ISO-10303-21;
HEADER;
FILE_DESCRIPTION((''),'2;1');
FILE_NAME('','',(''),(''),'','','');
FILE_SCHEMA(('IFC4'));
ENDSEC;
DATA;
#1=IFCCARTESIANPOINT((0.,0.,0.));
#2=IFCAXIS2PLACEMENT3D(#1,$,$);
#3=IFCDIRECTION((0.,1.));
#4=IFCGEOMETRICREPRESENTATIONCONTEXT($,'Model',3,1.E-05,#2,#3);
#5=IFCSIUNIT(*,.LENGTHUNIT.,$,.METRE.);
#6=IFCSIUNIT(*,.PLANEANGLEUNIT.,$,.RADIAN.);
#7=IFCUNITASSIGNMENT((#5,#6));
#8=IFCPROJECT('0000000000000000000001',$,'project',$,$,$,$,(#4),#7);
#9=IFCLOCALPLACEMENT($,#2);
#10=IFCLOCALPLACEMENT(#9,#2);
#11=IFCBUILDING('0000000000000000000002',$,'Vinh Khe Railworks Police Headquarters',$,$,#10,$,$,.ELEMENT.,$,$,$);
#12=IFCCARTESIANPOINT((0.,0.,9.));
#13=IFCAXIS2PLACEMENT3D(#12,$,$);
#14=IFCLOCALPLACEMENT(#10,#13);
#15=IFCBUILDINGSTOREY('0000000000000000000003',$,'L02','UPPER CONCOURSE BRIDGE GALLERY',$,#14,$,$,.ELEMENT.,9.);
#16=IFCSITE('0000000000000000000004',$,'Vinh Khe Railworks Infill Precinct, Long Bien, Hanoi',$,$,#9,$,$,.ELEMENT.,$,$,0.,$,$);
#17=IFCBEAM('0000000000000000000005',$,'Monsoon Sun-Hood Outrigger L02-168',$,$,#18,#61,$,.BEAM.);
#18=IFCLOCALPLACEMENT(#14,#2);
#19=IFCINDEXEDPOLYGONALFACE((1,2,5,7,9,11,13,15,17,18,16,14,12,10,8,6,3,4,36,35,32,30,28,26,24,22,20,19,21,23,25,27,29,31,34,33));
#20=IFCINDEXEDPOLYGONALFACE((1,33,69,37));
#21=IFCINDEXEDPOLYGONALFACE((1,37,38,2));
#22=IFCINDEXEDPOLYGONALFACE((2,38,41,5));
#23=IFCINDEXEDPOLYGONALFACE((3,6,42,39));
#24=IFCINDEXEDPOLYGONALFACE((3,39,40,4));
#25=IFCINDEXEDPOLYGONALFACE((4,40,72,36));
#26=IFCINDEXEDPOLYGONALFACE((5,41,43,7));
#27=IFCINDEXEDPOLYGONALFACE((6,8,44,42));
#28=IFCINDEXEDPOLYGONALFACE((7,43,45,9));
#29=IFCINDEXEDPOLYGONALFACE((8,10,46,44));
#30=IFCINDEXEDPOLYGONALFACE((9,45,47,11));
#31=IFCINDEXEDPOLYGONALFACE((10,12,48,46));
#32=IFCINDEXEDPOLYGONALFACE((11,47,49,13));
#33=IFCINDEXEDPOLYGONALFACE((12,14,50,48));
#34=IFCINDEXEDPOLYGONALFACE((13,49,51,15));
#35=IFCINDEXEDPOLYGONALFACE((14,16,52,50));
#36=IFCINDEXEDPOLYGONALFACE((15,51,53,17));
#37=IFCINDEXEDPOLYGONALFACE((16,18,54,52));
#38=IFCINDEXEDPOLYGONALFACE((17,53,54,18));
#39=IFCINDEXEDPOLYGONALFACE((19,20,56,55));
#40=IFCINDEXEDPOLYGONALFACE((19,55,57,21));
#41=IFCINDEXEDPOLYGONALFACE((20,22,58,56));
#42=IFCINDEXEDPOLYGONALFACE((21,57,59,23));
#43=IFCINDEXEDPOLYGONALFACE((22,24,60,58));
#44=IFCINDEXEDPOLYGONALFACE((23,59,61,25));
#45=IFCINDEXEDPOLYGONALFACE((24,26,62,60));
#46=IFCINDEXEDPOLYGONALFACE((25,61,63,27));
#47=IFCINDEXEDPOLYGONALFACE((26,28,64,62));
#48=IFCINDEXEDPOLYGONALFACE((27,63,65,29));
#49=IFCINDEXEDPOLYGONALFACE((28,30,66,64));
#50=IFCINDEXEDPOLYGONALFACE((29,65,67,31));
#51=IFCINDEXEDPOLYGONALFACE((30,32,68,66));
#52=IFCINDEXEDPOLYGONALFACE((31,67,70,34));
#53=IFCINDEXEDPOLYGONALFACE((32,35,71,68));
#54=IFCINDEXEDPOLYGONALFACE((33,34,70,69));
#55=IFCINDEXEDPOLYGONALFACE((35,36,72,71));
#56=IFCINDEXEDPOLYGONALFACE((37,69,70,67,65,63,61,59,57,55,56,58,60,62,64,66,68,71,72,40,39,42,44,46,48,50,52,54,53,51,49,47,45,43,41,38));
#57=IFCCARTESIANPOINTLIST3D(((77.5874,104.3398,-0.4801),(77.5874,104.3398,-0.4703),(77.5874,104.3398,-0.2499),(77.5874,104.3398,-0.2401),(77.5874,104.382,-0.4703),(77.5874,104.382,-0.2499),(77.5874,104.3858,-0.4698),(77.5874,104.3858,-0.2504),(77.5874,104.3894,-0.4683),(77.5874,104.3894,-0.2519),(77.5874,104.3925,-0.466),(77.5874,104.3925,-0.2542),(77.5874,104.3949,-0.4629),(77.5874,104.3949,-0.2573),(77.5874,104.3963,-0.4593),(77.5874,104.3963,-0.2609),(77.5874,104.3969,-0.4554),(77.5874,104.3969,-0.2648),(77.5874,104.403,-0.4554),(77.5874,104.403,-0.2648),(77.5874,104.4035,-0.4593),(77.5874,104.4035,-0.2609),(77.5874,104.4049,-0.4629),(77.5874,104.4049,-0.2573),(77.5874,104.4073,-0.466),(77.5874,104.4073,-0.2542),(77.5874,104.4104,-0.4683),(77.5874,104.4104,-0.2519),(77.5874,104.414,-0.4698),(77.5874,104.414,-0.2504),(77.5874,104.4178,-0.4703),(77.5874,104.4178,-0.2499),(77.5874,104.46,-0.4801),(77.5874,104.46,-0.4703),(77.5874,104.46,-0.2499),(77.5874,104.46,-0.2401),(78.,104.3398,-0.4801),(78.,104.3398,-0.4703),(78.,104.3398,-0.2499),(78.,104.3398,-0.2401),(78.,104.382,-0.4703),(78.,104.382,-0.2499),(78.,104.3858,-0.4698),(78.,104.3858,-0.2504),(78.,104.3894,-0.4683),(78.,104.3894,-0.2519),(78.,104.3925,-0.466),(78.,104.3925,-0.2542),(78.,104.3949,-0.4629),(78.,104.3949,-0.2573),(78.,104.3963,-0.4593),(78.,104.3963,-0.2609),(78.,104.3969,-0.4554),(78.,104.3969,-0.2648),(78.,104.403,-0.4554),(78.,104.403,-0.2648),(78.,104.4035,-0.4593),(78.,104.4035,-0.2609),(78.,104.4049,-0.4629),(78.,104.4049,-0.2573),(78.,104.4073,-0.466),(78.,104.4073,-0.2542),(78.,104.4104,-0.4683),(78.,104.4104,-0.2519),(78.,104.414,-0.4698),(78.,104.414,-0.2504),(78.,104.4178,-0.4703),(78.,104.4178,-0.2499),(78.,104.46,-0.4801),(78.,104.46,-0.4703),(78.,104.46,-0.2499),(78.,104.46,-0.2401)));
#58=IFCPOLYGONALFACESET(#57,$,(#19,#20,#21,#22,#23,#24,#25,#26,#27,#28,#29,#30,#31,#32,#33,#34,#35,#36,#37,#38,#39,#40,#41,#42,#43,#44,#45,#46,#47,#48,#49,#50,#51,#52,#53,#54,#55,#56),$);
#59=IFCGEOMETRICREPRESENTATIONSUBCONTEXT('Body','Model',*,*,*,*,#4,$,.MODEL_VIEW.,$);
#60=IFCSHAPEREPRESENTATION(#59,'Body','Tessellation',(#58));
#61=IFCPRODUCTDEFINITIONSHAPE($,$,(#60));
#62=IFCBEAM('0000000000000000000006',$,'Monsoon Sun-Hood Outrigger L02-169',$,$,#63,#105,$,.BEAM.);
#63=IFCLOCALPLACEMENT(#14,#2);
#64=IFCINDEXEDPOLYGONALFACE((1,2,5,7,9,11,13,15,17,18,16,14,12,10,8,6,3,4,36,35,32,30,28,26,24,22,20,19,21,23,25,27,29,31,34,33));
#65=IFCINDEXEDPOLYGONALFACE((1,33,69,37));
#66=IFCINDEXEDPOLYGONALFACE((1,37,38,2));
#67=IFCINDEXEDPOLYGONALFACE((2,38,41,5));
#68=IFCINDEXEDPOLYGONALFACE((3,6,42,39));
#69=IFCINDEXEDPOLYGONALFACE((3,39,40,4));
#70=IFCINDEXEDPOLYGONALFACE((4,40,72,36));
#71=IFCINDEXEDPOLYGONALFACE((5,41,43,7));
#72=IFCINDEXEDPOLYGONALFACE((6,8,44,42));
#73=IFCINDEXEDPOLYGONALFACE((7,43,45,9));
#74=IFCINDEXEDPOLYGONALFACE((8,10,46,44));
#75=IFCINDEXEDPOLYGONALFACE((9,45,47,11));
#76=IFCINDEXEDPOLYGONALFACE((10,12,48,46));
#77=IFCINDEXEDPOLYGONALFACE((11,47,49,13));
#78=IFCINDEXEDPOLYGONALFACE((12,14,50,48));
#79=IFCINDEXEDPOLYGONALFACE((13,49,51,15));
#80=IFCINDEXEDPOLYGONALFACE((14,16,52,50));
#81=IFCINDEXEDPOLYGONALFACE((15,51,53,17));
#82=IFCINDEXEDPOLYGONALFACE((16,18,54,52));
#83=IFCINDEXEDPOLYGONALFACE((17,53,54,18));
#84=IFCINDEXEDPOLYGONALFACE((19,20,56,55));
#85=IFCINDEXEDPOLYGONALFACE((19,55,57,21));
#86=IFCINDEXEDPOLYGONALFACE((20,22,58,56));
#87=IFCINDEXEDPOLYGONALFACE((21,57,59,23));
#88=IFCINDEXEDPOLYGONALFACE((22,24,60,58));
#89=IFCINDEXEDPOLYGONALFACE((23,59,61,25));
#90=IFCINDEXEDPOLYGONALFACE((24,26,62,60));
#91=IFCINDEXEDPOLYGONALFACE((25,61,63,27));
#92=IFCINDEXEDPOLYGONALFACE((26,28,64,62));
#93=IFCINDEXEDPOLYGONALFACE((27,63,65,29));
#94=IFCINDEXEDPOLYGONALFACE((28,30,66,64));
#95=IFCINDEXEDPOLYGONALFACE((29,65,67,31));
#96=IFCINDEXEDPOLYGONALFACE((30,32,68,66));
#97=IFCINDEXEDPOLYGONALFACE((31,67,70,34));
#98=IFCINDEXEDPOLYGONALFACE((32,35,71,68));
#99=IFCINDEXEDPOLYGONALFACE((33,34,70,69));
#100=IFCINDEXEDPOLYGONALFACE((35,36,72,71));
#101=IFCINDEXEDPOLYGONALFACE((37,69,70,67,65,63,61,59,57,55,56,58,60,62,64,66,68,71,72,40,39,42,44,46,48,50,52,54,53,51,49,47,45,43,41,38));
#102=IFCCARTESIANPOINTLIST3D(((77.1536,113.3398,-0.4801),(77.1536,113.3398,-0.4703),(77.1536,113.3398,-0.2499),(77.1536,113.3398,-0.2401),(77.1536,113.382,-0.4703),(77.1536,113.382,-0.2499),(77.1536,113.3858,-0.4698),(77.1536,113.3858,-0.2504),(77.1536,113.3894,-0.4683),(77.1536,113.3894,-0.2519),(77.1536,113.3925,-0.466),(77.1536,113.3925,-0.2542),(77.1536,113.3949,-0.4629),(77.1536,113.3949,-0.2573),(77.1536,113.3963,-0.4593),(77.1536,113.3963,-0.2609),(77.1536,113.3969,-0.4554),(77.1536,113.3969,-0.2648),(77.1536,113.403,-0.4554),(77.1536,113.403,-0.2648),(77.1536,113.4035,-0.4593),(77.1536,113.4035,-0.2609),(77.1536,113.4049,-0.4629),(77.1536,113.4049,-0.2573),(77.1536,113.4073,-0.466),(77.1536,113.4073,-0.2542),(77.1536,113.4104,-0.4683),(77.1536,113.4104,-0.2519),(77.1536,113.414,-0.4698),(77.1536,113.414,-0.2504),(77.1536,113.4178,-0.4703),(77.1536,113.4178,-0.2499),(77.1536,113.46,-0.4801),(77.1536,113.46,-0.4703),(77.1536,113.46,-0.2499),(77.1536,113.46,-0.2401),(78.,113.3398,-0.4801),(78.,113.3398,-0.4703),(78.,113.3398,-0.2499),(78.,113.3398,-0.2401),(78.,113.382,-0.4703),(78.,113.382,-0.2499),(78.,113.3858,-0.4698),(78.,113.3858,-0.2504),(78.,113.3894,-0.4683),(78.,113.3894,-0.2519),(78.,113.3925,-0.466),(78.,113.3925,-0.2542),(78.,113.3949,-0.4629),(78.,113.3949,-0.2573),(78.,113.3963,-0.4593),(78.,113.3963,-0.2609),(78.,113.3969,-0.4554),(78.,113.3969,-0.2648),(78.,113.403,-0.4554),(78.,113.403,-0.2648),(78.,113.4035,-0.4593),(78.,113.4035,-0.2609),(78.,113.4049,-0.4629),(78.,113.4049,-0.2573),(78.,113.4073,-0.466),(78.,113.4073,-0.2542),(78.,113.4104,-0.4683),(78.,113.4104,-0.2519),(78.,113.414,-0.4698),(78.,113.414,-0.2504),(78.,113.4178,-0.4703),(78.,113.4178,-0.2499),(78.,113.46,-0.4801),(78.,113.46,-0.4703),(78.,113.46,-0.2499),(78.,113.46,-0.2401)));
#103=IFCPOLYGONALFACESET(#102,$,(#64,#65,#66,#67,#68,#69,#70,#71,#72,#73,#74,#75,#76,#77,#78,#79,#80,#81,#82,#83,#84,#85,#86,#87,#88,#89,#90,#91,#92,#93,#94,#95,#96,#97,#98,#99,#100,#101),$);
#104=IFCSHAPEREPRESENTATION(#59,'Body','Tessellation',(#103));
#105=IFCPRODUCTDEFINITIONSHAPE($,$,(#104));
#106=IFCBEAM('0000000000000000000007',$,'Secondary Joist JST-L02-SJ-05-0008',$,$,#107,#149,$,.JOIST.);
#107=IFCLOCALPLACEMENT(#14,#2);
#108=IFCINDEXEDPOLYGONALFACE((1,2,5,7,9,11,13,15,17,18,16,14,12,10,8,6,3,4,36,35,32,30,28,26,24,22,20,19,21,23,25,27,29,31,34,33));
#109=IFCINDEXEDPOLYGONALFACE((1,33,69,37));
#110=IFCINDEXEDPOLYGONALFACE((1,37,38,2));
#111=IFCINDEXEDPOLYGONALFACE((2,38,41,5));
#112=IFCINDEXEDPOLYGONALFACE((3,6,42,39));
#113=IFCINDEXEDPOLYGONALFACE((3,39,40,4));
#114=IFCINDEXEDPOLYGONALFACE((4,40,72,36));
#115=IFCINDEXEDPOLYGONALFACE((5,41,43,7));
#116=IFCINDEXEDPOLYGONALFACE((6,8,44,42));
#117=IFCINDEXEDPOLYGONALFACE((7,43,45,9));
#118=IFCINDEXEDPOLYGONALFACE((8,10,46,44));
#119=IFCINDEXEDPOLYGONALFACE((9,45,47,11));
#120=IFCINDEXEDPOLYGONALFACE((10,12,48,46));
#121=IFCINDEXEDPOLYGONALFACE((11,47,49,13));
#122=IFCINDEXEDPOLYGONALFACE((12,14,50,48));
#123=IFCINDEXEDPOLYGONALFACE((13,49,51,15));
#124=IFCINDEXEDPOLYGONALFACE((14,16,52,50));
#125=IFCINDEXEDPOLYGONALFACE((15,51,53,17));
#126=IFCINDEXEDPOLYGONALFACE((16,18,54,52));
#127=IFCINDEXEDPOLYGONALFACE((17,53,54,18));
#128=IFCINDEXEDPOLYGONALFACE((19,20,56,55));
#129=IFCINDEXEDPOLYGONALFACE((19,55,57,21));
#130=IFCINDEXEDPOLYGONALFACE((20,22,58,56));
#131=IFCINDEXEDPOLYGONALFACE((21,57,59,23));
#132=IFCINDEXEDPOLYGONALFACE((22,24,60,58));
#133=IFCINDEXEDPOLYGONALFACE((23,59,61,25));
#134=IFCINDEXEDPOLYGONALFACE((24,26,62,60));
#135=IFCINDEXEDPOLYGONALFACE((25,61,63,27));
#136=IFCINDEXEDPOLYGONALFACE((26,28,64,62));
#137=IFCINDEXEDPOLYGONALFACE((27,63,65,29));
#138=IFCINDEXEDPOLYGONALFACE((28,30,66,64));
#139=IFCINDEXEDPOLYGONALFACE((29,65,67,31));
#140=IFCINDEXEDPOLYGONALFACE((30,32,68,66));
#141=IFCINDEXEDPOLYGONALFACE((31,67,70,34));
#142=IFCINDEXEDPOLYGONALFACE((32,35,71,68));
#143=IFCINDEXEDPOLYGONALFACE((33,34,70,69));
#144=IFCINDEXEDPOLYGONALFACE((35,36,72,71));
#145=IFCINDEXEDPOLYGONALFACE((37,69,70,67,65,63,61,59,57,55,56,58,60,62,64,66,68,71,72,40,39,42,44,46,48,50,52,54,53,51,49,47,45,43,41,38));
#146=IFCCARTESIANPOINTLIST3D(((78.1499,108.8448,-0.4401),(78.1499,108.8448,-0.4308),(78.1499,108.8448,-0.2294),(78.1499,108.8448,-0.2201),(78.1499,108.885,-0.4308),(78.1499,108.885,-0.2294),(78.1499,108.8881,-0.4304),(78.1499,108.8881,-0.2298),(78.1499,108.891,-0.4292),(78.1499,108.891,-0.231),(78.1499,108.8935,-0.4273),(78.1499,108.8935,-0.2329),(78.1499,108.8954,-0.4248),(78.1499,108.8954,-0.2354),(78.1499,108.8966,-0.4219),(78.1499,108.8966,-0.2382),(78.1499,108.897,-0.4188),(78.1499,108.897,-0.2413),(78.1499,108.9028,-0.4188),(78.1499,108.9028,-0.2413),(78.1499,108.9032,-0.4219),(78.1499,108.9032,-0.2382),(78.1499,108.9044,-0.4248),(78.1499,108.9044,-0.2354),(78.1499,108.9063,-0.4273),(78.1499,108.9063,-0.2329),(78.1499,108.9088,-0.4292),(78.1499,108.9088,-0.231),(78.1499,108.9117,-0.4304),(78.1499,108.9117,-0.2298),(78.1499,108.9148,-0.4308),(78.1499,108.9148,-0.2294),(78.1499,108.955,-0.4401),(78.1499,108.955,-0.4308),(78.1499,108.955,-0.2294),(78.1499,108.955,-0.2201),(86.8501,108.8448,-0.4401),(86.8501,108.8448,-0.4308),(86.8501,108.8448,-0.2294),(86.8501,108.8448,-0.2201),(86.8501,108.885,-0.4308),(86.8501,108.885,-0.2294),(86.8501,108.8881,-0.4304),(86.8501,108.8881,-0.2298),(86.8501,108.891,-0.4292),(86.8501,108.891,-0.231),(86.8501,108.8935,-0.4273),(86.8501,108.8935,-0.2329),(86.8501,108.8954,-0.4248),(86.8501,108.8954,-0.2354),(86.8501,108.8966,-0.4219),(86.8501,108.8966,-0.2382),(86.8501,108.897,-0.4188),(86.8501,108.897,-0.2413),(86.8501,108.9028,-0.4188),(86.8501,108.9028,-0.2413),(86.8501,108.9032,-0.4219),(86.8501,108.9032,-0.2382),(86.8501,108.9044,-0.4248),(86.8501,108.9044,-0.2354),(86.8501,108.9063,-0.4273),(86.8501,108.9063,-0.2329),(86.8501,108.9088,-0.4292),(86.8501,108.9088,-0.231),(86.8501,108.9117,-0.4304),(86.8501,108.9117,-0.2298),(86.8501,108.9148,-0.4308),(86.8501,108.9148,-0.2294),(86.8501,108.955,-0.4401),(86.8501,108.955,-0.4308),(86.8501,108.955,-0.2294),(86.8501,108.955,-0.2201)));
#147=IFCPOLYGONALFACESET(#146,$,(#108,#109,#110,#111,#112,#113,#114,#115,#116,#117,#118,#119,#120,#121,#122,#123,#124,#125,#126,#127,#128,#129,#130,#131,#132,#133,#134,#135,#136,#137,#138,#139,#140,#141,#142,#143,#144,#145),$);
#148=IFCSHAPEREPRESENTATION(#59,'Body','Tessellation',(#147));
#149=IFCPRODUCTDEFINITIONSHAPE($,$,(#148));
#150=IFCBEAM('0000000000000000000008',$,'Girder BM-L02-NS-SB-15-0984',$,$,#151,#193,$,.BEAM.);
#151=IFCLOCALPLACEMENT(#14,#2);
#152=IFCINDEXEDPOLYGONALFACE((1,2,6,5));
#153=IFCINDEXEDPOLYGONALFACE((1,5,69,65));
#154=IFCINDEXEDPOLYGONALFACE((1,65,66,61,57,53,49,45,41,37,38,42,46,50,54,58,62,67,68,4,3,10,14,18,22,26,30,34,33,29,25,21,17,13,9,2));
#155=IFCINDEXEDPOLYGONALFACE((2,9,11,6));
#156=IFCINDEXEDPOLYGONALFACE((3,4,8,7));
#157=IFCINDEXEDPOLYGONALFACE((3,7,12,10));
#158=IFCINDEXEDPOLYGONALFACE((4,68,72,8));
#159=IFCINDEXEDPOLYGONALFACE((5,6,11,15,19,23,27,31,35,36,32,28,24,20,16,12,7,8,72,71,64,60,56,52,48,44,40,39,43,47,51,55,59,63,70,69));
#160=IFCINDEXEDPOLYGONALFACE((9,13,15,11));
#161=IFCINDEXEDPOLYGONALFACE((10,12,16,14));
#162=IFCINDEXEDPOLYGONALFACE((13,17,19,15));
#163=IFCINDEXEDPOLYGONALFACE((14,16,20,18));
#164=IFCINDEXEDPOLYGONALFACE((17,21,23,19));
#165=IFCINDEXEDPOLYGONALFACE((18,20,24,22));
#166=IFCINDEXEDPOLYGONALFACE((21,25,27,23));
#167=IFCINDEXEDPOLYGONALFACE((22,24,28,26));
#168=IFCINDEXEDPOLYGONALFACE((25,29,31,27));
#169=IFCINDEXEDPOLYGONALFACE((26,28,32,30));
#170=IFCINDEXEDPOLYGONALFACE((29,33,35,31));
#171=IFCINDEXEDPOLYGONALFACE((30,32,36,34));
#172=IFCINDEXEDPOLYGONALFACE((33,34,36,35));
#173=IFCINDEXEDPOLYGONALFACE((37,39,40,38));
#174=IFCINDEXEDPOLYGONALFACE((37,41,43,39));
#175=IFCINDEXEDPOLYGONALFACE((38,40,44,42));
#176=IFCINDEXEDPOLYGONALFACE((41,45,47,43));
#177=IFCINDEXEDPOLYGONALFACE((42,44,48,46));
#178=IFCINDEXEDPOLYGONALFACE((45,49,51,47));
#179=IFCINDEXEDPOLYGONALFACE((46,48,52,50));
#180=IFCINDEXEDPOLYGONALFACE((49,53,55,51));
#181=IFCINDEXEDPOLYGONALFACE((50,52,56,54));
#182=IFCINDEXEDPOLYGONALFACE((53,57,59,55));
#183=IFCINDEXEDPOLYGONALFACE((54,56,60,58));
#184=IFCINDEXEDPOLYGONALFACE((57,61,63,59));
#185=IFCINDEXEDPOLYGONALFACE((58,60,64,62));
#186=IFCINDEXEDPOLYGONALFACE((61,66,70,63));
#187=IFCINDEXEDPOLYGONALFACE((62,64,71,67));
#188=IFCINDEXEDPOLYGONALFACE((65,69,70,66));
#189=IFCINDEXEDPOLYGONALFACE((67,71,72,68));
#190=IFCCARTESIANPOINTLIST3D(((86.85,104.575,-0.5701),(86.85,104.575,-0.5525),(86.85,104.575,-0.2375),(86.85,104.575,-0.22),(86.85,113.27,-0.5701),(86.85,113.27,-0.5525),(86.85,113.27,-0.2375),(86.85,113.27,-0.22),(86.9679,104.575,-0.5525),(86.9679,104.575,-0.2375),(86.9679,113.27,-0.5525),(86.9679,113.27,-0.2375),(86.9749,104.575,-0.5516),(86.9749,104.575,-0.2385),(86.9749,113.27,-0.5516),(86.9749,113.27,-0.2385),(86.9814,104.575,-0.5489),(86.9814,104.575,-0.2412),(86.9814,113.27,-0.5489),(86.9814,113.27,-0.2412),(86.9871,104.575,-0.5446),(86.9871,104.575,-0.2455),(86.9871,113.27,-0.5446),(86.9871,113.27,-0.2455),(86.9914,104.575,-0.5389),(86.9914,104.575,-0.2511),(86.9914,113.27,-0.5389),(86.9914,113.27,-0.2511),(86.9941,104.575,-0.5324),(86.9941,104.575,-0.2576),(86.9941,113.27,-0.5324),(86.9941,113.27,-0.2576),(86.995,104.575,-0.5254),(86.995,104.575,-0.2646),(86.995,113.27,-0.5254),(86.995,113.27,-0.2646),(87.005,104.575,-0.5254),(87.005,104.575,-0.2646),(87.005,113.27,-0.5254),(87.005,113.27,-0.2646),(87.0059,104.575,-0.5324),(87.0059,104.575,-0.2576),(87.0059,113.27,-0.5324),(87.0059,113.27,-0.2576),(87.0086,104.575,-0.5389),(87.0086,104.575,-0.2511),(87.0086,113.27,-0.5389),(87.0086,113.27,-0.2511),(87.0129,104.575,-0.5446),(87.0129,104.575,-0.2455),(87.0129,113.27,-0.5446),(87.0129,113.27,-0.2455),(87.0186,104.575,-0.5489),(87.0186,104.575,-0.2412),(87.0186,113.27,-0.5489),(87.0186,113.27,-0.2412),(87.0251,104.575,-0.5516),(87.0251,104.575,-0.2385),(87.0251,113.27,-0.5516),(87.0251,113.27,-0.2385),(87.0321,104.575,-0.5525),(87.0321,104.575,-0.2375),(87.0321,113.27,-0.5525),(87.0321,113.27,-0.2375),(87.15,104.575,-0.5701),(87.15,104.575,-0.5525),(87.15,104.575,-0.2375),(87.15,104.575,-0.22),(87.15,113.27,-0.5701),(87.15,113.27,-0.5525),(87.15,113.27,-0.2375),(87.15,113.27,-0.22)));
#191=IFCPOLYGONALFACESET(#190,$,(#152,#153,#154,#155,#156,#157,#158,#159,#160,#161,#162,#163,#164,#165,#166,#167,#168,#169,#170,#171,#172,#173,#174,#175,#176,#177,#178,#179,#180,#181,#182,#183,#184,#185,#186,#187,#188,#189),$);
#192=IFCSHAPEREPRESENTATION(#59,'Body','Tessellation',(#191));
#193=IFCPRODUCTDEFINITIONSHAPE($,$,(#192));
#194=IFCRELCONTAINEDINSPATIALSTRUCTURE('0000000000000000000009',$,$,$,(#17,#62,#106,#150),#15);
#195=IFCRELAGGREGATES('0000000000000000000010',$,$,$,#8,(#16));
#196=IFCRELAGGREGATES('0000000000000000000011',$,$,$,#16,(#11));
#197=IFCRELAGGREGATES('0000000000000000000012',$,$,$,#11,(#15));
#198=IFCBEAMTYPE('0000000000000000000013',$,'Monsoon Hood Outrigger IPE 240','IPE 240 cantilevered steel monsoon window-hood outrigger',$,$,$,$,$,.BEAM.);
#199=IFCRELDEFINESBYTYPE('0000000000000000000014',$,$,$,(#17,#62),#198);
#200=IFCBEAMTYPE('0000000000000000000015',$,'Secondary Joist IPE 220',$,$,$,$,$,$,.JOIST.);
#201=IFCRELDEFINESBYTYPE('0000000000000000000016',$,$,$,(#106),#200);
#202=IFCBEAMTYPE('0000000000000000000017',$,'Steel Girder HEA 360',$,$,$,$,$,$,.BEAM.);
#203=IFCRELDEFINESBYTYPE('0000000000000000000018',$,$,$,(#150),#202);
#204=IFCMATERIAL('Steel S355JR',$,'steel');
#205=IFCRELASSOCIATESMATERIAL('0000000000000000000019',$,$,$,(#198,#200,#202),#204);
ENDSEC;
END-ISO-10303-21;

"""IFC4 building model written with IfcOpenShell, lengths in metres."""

from ifc_helpers import new_model, si_unit, direction, frame, origin, origin_2d, place, context, subcontext, project, spatial, i_section, extrude, material, material_profile, profile_set, type_object, element, save


model = new_model("IFC4")

# Units and contexts
model_context = context("Model", 3, precision=1e-05, world=origin(), true_north=direction((0.0, 1.0)))
body_context = subcontext(model_context, "Body", "Model", "MODEL_VIEW")
ifc_project = project(units=[si_unit("LENGTHUNIT", "METRE"), si_unit("PLANEANGLEUNIT", "RADIAN")], contexts=[model_context])

# Site, building, storey
site_placement = place(None, origin())
site = spatial("IfcSite", under=ifc_project, at=site_placement, Name="Vinh Khe Railworks Infill Precinct, Long Bien, Hanoi", CompositionType="ELEMENT", RefElevation=0.0)
building_placement = place(site_placement, origin())
building = spatial("IfcBuilding", under=site, at=building_placement, Name="Vinh Khe Railworks Police Headquarters", CompositionType="ELEMENT")
storey_placement = place(building_placement, frame((0.0, 0.0, 9.0)))
storey = spatial("IfcBuildingStorey", under=building, at=storey_placement, Name="L02", Description="UPPER CONCOURSE BRIDGE GALLERY", CompositionType="ELEMENT", Elevation=9.0)

# Shared definitions
ifc_material_1 = material(Name="Steel S355JR", Category="steel")

# Beams
ifc_material_profile_1 = material_profile(ifc_material_1, i_section(OverallWidth=0.1201, OverallDepth=0.24, WebThickness=0.0061, FlangeThickness=0.0098, FilletRadius=0.0149, at=origin_2d()), Name="IPE 240")
ifc_profile_set_1 = profile_set([ifc_material_profile_1], Name="Steel S355JR")
beam_type_1 = type_object("IfcBeamType", Name="Monsoon Hood Outrigger IPE 240", Description="IPE 240 cantilevered steel monsoon window-hood outrigger", PredefinedType="BEAM", material=ifc_profile_set_1)
beam_1_placement = place(storey_placement, frame((77.5874, 104.3999, -0.3601), z_axis=(1.0, 0.0, 0.0), x_axis=(0.0, 1.0, 0.0)))
element("IfcBeam", 1, at=beam_1_placement, inside=storey, type_object=beam_type_1, Name="Monsoon Sun-Hood Outrigger L02-168", PredefinedType="BEAM", context=body_context, shape_type="SweptSolid", body=[
    extrude(i_section(OverallWidth=0.1201, OverallDepth=0.24, WebThickness=0.0061, FlangeThickness=0.0098, FilletRadius=0.0149, at=origin_2d()), origin(), (0.0, 0.0, 1.0), 0.4126),
])
beam_2_placement = place(storey_placement, frame((77.1536, 113.3999, -0.3601), z_axis=(1.0, 0.0, 0.0), x_axis=(0.0, 1.0, 0.0)))
element("IfcBeam", 2, at=beam_2_placement, inside=storey, type_object=beam_type_1, Name="Monsoon Sun-Hood Outrigger L02-169", PredefinedType="BEAM", context=body_context, shape_type="SweptSolid", body=[
    extrude(i_section(OverallWidth=0.1201, OverallDepth=0.24, WebThickness=0.0061, FlangeThickness=0.0098, FilletRadius=0.0149, at=origin_2d()), origin(), (0.0, 0.0, 1.0), 0.8464),
])
ifc_material_profile_2 = material_profile(ifc_material_1, i_section(OverallWidth=0.1101, OverallDepth=0.22, WebThickness=0.0059, FlangeThickness=0.0093, FilletRadius=0.012, at=origin_2d()), Name="IPE 220")
ifc_profile_set_2 = profile_set([ifc_material_profile_2], Name="Steel S355JR")
beam_type_2 = type_object("IfcBeamType", Name="Secondary Joist IPE 220", PredefinedType="JOIST", material=ifc_profile_set_2)
beam_3_placement = place(storey_placement, frame((78.1499, 108.8999, -0.3301), z_axis=(1.0, 0.0, 0.0), x_axis=(0.0, 1.0, 0.0)))
element("IfcBeam", 3, at=beam_3_placement, inside=storey, type_object=beam_type_2, Name="Secondary Joist JST-L02-SJ-05-0008", PredefinedType="JOIST", context=body_context, shape_type="SweptSolid", body=[
    extrude(i_section(OverallWidth=0.1101, OverallDepth=0.22, WebThickness=0.0059, FlangeThickness=0.0093, FilletRadius=0.012, at=origin_2d()), origin(), (0.0, 0.0, 1.0), 8.7002),
])
ifc_material_profile_3 = material_profile(ifc_material_1, i_section(OverallWidth=0.3, OverallDepth=0.3501, WebThickness=0.01, FlangeThickness=0.0176, FilletRadius=0.0271, at=origin_2d()), Name="HEA 360")
ifc_profile_set_3 = profile_set([ifc_material_profile_3], Name="Steel S355JR")
beam_type_3 = type_object("IfcBeamType", Name="Steel Girder HEA 360", PredefinedType="BEAM", material=ifc_profile_set_3)
beam_4_placement = place(storey_placement, frame((87.0, 104.575, -0.395), z_axis=(0.0, 1.0, 0.0), x_axis=(-1.0, 0.0, 0.0)))
element("IfcBeam", 4, at=beam_4_placement, inside=storey, type_object=beam_type_3, Name="Girder BM-L02-NS-SB-15-0984", PredefinedType="BEAM", context=body_context, shape_type="SweptSolid", body=[
    extrude(i_section(OverallWidth=0.3, OverallDepth=0.3501, WebThickness=0.01, FlangeThickness=0.0176, FilletRadius=0.0271, at=origin_2d()), origin(), (0.0, 0.0, 1.0), 8.6951),
])

save(model, "model.ifc")
